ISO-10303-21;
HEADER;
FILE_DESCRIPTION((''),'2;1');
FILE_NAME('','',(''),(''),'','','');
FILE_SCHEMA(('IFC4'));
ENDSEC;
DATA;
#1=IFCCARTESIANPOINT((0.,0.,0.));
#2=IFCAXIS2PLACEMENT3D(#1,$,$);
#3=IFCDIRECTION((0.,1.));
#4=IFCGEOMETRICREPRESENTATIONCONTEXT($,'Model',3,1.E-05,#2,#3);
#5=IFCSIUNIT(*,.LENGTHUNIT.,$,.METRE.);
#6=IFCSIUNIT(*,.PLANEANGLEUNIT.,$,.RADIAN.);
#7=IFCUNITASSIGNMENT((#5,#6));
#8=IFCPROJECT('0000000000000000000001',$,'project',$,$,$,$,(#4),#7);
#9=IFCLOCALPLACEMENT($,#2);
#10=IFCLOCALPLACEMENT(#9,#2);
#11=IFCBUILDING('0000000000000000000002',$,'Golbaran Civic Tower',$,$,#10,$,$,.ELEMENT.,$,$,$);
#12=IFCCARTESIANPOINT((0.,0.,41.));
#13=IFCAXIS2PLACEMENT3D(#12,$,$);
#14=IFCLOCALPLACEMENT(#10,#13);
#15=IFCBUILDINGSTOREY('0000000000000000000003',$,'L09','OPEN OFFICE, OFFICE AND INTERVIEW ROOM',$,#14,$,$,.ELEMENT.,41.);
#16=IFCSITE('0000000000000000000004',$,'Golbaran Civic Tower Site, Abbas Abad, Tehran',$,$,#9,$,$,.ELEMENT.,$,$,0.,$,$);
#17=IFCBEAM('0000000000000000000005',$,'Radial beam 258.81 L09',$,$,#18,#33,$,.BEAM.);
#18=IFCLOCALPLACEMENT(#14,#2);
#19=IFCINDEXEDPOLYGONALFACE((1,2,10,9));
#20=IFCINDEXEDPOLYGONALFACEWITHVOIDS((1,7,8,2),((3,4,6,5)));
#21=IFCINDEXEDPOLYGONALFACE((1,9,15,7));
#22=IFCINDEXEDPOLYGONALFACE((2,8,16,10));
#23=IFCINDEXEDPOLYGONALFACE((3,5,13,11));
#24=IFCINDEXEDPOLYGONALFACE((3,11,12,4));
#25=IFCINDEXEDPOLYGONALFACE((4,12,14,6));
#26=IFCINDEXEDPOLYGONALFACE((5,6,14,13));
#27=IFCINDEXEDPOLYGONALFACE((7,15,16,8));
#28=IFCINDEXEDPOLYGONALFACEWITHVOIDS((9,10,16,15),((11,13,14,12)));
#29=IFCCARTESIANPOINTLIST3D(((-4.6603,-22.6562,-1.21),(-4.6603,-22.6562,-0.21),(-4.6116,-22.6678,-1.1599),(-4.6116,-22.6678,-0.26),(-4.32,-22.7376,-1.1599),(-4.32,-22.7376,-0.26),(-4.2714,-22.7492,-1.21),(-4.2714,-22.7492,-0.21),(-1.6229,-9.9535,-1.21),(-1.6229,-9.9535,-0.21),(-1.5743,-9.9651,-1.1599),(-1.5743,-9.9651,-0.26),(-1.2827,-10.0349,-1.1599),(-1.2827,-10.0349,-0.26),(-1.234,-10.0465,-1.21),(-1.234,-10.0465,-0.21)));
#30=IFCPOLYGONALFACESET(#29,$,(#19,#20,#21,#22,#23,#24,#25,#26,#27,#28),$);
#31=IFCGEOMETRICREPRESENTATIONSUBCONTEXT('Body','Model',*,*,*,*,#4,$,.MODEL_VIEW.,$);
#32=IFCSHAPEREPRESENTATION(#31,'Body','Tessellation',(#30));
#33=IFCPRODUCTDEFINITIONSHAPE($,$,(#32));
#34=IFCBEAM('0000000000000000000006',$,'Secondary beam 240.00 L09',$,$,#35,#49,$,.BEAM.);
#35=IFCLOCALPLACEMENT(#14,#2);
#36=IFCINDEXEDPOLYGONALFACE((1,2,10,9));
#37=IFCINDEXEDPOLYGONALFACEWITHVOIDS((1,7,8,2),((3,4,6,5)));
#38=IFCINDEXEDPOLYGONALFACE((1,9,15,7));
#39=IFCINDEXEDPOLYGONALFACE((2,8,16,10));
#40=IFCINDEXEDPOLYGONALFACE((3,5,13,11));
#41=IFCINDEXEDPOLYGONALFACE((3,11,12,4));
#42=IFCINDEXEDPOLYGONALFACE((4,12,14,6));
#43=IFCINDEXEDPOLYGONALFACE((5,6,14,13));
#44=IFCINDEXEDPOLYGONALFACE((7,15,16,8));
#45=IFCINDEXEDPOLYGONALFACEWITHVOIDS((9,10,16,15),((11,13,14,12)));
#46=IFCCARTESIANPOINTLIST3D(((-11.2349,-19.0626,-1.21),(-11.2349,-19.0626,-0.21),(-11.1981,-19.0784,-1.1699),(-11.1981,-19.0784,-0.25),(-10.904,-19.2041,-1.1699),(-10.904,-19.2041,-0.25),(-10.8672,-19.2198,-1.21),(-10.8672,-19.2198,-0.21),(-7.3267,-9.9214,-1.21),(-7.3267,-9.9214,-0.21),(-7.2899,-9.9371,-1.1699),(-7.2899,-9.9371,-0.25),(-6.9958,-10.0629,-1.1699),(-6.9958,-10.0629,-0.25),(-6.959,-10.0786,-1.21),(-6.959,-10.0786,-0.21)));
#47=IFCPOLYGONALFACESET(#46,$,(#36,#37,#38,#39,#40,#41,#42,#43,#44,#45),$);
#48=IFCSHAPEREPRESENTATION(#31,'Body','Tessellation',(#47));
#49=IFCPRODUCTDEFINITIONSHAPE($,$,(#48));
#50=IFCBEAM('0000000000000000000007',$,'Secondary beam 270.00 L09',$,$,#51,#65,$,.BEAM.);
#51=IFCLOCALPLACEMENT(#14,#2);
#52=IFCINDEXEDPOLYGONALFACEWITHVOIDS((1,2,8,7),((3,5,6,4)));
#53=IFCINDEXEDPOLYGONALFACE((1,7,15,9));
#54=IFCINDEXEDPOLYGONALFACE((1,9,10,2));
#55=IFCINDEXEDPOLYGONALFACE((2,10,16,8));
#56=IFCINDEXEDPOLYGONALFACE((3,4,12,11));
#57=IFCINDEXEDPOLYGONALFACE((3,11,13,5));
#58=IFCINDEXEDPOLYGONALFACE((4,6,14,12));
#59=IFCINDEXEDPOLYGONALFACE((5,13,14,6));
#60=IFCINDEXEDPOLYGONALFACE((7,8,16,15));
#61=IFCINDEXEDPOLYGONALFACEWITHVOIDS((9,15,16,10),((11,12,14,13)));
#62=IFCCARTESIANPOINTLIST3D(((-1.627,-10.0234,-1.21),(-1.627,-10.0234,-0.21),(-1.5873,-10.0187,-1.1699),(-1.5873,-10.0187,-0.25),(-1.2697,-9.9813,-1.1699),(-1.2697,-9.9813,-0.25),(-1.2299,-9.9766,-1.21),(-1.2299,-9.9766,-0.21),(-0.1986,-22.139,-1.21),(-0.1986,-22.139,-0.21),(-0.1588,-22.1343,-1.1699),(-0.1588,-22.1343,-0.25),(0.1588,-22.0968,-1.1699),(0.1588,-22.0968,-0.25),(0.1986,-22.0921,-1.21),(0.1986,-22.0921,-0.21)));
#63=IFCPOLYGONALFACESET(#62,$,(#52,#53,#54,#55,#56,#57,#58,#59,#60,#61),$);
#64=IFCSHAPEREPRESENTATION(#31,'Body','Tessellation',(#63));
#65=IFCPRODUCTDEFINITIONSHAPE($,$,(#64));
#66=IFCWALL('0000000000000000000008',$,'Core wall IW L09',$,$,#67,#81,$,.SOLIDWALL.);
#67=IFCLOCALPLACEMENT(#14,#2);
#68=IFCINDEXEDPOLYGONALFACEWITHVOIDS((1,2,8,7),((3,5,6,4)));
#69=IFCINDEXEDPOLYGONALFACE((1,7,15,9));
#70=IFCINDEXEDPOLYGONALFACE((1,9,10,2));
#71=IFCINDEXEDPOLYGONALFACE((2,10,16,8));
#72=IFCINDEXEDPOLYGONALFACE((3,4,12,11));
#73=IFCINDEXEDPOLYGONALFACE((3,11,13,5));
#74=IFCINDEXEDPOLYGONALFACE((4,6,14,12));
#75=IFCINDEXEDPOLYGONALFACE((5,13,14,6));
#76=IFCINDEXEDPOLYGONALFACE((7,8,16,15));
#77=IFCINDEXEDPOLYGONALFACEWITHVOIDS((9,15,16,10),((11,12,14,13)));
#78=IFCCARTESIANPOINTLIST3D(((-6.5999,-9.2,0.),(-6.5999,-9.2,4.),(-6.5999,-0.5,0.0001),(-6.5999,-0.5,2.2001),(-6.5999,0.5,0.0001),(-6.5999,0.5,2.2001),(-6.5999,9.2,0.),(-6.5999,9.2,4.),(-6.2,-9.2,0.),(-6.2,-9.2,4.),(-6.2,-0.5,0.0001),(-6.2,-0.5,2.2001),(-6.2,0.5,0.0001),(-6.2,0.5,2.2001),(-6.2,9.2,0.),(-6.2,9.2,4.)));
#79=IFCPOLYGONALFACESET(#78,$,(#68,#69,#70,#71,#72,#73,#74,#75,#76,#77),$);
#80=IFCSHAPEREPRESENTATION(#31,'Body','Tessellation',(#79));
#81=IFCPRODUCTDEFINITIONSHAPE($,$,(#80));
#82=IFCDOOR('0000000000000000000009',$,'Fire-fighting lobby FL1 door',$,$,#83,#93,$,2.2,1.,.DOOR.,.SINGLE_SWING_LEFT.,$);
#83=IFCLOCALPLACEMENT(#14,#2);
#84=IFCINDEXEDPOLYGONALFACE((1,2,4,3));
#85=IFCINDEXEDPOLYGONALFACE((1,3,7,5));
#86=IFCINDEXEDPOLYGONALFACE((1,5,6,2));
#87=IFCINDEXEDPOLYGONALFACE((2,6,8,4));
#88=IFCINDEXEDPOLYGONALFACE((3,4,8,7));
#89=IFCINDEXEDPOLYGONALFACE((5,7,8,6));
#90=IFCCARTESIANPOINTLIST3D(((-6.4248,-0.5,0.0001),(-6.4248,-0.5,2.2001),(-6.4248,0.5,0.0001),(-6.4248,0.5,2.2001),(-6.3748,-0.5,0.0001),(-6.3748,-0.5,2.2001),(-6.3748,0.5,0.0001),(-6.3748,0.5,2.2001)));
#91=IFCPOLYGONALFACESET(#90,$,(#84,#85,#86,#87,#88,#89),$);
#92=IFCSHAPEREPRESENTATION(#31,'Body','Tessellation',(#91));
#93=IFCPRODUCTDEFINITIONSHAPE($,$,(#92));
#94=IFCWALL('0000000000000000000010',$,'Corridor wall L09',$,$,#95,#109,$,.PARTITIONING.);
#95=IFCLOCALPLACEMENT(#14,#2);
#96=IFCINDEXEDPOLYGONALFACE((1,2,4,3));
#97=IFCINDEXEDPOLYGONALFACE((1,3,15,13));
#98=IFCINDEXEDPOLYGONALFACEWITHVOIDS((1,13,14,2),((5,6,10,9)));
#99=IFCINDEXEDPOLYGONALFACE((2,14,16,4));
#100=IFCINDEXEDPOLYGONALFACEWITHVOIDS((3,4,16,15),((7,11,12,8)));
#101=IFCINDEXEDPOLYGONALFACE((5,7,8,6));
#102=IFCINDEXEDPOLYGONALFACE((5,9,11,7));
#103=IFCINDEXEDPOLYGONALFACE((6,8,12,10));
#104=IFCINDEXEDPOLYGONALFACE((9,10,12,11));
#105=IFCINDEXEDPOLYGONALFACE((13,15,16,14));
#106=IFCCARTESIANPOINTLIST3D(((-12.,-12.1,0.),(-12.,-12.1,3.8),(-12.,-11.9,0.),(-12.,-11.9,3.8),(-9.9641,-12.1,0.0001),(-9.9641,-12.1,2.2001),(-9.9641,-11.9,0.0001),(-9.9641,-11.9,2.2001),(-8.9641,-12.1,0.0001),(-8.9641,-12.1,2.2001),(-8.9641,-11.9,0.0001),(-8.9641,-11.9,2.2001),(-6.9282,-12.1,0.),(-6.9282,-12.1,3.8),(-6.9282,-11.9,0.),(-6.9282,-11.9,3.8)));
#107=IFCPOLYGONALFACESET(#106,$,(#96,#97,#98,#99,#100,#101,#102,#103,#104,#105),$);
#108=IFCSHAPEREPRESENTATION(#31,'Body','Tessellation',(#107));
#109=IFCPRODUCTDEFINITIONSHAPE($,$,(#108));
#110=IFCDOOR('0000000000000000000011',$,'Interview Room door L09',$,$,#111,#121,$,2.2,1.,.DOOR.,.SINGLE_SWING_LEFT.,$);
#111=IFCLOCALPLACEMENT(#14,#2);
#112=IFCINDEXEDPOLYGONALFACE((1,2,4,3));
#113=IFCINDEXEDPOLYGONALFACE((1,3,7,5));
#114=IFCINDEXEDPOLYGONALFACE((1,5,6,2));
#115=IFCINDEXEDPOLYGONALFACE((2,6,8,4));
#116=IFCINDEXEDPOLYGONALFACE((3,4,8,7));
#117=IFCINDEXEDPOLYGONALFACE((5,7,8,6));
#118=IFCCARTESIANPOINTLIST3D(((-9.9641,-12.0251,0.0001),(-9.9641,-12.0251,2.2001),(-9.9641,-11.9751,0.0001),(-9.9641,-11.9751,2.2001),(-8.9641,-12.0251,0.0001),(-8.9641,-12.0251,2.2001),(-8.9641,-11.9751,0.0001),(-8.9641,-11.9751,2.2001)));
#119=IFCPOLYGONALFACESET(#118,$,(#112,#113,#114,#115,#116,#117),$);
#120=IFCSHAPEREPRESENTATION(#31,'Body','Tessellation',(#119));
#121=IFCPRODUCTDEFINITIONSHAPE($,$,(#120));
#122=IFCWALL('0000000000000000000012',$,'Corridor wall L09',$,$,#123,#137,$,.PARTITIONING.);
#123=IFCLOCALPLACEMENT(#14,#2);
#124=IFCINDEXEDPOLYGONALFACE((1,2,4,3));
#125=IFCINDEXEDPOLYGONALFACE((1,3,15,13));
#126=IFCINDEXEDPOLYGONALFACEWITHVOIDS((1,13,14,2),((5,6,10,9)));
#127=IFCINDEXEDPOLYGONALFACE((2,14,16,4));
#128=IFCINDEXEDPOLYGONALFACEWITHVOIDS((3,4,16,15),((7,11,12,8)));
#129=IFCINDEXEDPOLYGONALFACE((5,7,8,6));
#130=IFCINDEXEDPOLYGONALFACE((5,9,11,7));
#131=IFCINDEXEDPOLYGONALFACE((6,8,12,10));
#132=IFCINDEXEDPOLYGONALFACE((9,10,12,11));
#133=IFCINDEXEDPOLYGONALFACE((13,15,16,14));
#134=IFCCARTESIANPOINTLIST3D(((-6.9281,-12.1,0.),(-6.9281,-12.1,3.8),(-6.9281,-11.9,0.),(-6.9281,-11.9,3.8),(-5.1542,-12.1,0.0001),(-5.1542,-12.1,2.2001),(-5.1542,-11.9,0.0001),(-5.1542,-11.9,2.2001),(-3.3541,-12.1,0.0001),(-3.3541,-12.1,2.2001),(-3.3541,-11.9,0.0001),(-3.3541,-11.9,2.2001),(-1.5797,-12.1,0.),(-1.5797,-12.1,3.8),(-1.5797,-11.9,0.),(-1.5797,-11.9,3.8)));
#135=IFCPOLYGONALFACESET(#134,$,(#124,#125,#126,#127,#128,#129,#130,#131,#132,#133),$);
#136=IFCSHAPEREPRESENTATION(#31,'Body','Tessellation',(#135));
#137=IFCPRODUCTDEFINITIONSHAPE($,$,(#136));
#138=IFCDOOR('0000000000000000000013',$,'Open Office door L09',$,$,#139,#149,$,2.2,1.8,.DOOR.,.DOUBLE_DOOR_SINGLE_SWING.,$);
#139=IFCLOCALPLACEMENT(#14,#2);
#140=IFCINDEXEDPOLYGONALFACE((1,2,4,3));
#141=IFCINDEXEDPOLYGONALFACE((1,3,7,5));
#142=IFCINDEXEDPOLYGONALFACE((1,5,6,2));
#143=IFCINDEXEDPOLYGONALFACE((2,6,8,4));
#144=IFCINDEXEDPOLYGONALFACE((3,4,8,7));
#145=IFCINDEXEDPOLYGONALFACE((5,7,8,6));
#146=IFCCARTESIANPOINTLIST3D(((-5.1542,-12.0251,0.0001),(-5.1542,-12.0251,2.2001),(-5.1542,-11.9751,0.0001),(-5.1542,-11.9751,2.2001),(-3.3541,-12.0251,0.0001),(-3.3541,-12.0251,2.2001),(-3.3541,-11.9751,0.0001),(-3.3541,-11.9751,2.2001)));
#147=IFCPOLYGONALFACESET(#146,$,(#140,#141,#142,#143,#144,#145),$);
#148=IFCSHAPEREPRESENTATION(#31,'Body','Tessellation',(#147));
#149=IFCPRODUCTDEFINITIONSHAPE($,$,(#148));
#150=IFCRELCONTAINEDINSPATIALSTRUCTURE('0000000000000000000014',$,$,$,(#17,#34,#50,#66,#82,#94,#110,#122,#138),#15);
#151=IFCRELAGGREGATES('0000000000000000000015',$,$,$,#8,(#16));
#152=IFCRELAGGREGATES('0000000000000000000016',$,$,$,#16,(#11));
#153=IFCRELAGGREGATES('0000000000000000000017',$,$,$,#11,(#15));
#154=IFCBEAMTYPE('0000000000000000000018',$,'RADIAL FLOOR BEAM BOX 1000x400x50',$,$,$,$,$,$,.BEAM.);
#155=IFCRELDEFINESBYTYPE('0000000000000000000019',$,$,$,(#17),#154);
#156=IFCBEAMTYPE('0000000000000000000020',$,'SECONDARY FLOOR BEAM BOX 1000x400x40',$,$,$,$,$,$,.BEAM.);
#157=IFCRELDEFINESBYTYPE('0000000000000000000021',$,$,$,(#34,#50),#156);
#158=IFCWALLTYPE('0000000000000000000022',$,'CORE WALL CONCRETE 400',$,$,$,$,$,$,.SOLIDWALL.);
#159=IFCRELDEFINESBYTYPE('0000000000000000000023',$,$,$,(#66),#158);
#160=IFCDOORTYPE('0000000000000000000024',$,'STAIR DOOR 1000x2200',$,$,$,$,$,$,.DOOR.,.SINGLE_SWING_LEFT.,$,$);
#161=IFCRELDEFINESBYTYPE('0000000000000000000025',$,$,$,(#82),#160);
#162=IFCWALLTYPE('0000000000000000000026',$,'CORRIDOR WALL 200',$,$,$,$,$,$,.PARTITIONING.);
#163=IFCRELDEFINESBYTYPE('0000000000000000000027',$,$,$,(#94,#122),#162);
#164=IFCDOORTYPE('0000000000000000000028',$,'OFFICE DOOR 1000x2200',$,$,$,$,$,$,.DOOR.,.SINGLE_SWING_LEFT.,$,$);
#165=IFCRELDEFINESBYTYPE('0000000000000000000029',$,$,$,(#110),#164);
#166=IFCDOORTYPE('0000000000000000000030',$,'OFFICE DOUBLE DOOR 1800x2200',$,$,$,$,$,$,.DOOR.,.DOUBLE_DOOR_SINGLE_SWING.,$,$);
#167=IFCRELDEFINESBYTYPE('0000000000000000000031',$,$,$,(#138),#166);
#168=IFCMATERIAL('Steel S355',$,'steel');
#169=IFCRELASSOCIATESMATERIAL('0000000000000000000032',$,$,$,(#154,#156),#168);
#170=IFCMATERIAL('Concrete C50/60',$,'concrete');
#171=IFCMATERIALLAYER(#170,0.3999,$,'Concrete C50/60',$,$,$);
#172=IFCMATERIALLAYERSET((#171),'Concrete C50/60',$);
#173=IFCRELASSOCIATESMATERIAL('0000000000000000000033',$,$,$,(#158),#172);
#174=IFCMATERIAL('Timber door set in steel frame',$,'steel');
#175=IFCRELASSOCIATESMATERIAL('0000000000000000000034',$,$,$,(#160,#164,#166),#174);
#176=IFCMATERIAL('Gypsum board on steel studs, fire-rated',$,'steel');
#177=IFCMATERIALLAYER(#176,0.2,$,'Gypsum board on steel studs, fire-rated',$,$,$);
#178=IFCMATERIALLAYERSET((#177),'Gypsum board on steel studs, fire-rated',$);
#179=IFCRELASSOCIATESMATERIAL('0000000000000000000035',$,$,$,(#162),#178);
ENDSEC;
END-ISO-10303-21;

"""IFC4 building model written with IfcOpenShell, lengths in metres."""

from ifc_helpers import new_model, si_unit, direction, frame, frame_2d, origin, origin_2d, place, context, subcontext, project, spatial, rectangle, hollow_rectangle, extrude, material, layer, layer_set, material_profile, profile_set, type_object, element, fill, save


model = new_model("IFC4")

# Units and contexts
model_context = context("Model", 3, precision=1e-05, world=origin(), true_north=direction((0.0, 1.0)))
body_context = subcontext(model_context, "Body", "Model", "MODEL_VIEW")
ifc_project = project(units=[si_unit("LENGTHUNIT", "METRE"), si_unit("PLANEANGLEUNIT", "RADIAN")], contexts=[model_context])

# Site, building, storey
site_placement = place(None, origin())
site = spatial("IfcSite", under=ifc_project, at=site_placement, Name="Golbaran Civic Tower Site, Abbas Abad, Tehran", CompositionType="ELEMENT", RefElevation=0.0)
building_placement = place(site_placement, origin())
building = spatial("IfcBuilding", under=site, at=building_placement, Name="Golbaran Civic Tower", CompositionType="ELEMENT")
storey_placement = place(building_placement, frame((0.0, 0.0, 41.0)))
storey = spatial("IfcBuildingStorey", under=building, at=storey_placement, Name="L09", Description="OPEN OFFICE, OFFICE AND INTERVIEW ROOM", CompositionType="ELEMENT", Elevation=41.0)

# Beams
ifc_material_1 = material(Name="Steel S355", Category="steel")
ifc_material_profile_1 = material_profile(ifc_material_1, hollow_rectangle(XDim=0.3999, YDim=1.0, WallThickness=0.05, at=origin_2d()), Name="BOX 1000x400x50")
ifc_profile_set_1 = profile_set([ifc_material_profile_1], Name="Steel S355")
beam_type_1 = type_object("IfcBeamType", Name="RADIAL FLOOR BEAM BOX 1000x400x50", PredefinedType="BEAM", material=ifc_profile_set_1)
beam_1_placement = place(storey_placement, frame((-1.4285, -10.0, -0.71), z_axis=(-0.232556, -0.972583, 0.0), x_axis=(0.972583, -0.232556, 0.0)))
element("IfcBeam", 1, at=beam_1_placement, inside=storey, type_object=beam_type_1, Name="Radial beam 258.81 L09", PredefinedType="BEAM", context=body_context, shape_type="SweptSolid", body=[
    extrude(hollow_rectangle(XDim=0.3999, YDim=1.0, WallThickness=0.05, at=origin_2d()), origin(), (0.0, 0.0, 1.0), 13.0608),
])
ifc_material_profile_2 = material_profile(ifc_material_1, hollow_rectangle(XDim=0.3999, YDim=1.0, WallThickness=0.04, at=origin_2d()), Name="BOX 1000x400x40")
ifc_profile_set_2 = profile_set([ifc_material_profile_2], Name="Steel S355")
beam_type_2 = type_object("IfcBeamType", Name="SECONDARY FLOOR BEAM BOX 1000x400x40", PredefinedType="BEAM", material=ifc_profile_set_2)
beam_2_placement = place(storey_placement, frame((-7.1428, -10.0, -0.71), z_axis=(-0.393119, -0.919488, 0.0), x_axis=(0.919488, -0.393119, 0.0)))
element("IfcBeam", 2, at=beam_2_placement, inside=storey, type_object=beam_type_2, Name="Secondary beam 240.00 L09", PredefinedType="BEAM", context=body_context, shape_type="SweptSolid", body=[
    extrude(hollow_rectangle(XDim=0.3999, YDim=1.0, WallThickness=0.04, at=origin_2d()), origin(), (0.0, 0.0, 1.0), 9.9417),
])
beam_3_placement = place(storey_placement, frame((-1.4285, -10.0, -0.71), z_axis=(0.117093, -0.993121, 0.0), x_axis=(0.993121, 0.117093, 0.0)))
element("IfcBeam", 3, at=beam_3_placement, inside=storey, type_object=beam_type_2, Name="Secondary beam 270.00 L09", PredefinedType="BEAM", context=body_context, shape_type="SweptSolid", body=[
    extrude(hollow_rectangle(XDim=0.3999, YDim=1.0, WallThickness=0.04, at=origin_2d()), origin(), (0.0, 0.0, 1.0), 12.1995),
])

# Walls, openings, doors
ifc_material_2 = material(Name="Concrete C50/60", Category="concrete")
ifc_layer_1 = layer(ifc_material_2, 0.3999, Name="Concrete C50/60")
ifc_layer_set_1 = layer_set([ifc_layer_1], Name="Concrete C50/60")
wall_type_1 = type_object("IfcWallType", Name="CORE WALL CONCRETE 400", PredefinedType="SOLIDWALL", material=ifc_layer_set_1)
wall_1_placement = place(storey_placement, frame((-6.3999, -9.2, 0.0), z_axis=(0.0, 0.0, 1.0), x_axis=(0.0, 1.0, 0.0)))
wall_1 = element("IfcWall", 4, at=wall_1_placement, inside=storey, type_object=wall_type_1, Name="Core wall IW L09", PredefinedType="SOLIDWALL", context=body_context, shape_type="SweptSolid", body=[
    extrude(rectangle(XDim=18.3999, YDim=0.3999, at=frame_2d((9.2, 0.0))), origin(), (0.0, 0.0, 1.0), 4.0),
])
opening_1_placement = place(wall_1_placement, frame((8.7, 0.0, 0.0)))
opening_1 = element("IfcOpeningElement", 5, at=opening_1_placement, cuts=wall_1, PredefinedType="OPENING", context=body_context, shape_type="SweptSolid", body=[
    extrude(rectangle(XDim=1.0, YDim=2.2, at=frame_2d((0.5, 1.1001))), frame((0.0, 0.21, 0.0), z_axis=(0.0, -1.0, 0.0), x_axis=(1.0, 0.0, 0.0)), (0.0, 0.0, 1.0), 0.4199),
])
ifc_material_3 = material(Name="Timber door set in steel frame", Category="steel")
door_type_1 = type_object("IfcDoorType", Name="STAIR DOOR 1000x2200", OperationType="SINGLE_SWING_LEFT", PredefinedType="DOOR", material=ifc_material_3)
door_1_placement = place(opening_1_placement, origin())
door_1 = element("IfcDoor", 6, at=door_1_placement, inside=storey, type_object=door_type_1, Name="Fire-fighting lobby FL1 door", OperationType="SINGLE_SWING_LEFT", OverallHeight=2.2, OverallWidth=1.0, PredefinedType="DOOR", context=body_context, shape_type="SweptSolid", body=[
    extrude(rectangle(XDim=1.0, YDim=2.2, at=frame_2d((0.5, 1.1001))), frame((0.0, 0.0249, 0.0), z_axis=(0.0, -1.0, 0.0), x_axis=(1.0, 0.0, 0.0)), (0.0, 0.0, 1.0), 0.05),
])
fill(opening_1, door_1)
ifc_material_4 = material(Name="Gypsum board on steel studs, fire-rated", Category="steel")
ifc_layer_2 = layer(ifc_material_4, 0.2, Name="Gypsum board on steel studs, fire-rated")
ifc_layer_set_2 = layer_set([ifc_layer_2], Name="Gypsum board on steel studs, fire-rated")
wall_type_2 = type_object("IfcWallType", Name="CORRIDOR WALL 200", PredefinedType="PARTITIONING", material=ifc_layer_set_2)
wall_2_placement = place(storey_placement, frame((-12.0, -12.0, 0.0), z_axis=(0.0, 0.0, 1.0), x_axis=(1.0, 0.0, 0.0)))
wall_2 = element("IfcWall", 7, at=wall_2_placement, inside=storey, type_object=wall_type_2, Name="Corridor wall L09", PredefinedType="PARTITIONING", context=body_context, shape_type="SweptSolid", body=[
    extrude(rectangle(XDim=5.0718, YDim=0.2, at=frame_2d((2.5359, 0.0))), origin(), (0.0, 0.0, 1.0), 3.8),
])
opening_2_placement = place(wall_2_placement, frame((2.0359, 0.0, 0.0)))
opening_2 = element("IfcOpeningElement", 8, at=opening_2_placement, cuts=wall_2, PredefinedType="OPENING", context=body_context, shape_type="SweptSolid", body=[
    extrude(rectangle(XDim=1.0, YDim=2.2, at=frame_2d((0.5, 1.1001))), frame((0.0, 0.1099, 0.0), z_axis=(0.0, -1.0, 0.0), x_axis=(1.0, 0.0, 0.0)), (0.0, 0.0, 1.0), 0.22),
])
door_type_2 = type_object("IfcDoorType", Name="OFFICE DOOR 1000x2200", OperationType="SINGLE_SWING_LEFT", PredefinedType="DOOR", material=ifc_material_3)
door_2_placement = place(opening_2_placement, origin())
door_2 = element("IfcDoor", 9, at=door_2_placement, inside=storey, type_object=door_type_2, Name="Interview Room door L09", OperationType="SINGLE_SWING_LEFT", OverallHeight=2.2, OverallWidth=1.0, PredefinedType="DOOR", context=body_context, shape_type="SweptSolid", body=[
    extrude(rectangle(XDim=1.0, YDim=2.2, at=frame_2d((0.5, 1.1001))), frame((0.0, 0.0249, 0.0), z_axis=(0.0, -1.0, 0.0), x_axis=(1.0, 0.0, 0.0)), (0.0, 0.0, 1.0), 0.05),
])
fill(opening_2, door_2)
wall_3_placement = place(storey_placement, frame((-6.9282, -12.0, 0.0), z_axis=(0.0, 0.0, 1.0), x_axis=(1.0, 0.0, 0.0)))
wall_3 = element("IfcWall", 10, at=wall_3_placement, inside=storey, type_object=wall_type_2, Name="Corridor wall L09", PredefinedType="PARTITIONING", context=body_context, shape_type="SweptSolid", body=[
    extrude(rectangle(XDim=5.3484, YDim=0.2, at=frame_2d((2.6743, 0.0))), origin(), (0.0, 0.0, 1.0), 3.8),
])
opening_3_placement = place(wall_3_placement, frame((1.7742, 0.0, 0.0)))
opening_3 = element("IfcOpeningElement", 11, at=opening_3_placement, cuts=wall_3, PredefinedType="OPENING", context=body_context, shape_type="SweptSolid", body=[
    extrude(rectangle(XDim=1.8, YDim=2.2, at=frame_2d((0.8999, 1.1001))), frame((0.0, 0.1099, 0.0), z_axis=(0.0, -1.0, 0.0), x_axis=(1.0, 0.0, 0.0)), (0.0, 0.0, 1.0), 0.22),
])
door_type_3 = type_object("IfcDoorType", Name="OFFICE DOUBLE DOOR 1800x2200", OperationType="DOUBLE_DOOR_SINGLE_SWING", PredefinedType="DOOR", material=ifc_material_3)
door_3_placement = place(opening_3_placement, origin())
door_3 = element("IfcDoor", 12, at=door_3_placement, inside=storey, type_object=door_type_3, Name="Open Office door L09", OperationType="DOUBLE_DOOR_SINGLE_SWING", OverallHeight=2.2, OverallWidth=1.8, PredefinedType="DOOR", context=body_context, shape_type="SweptSolid", body=[
    extrude(rectangle(XDim=1.8, YDim=2.2, at=frame_2d((0.8999, 1.1001))), frame((0.0, 0.0249, 0.0), z_axis=(0.0, -1.0, 0.0), x_axis=(1.0, 0.0, 0.0)), (0.0, 0.0, 1.0), 0.05),
])
fill(opening_3, door_3)

save(model, "model.ifc")
